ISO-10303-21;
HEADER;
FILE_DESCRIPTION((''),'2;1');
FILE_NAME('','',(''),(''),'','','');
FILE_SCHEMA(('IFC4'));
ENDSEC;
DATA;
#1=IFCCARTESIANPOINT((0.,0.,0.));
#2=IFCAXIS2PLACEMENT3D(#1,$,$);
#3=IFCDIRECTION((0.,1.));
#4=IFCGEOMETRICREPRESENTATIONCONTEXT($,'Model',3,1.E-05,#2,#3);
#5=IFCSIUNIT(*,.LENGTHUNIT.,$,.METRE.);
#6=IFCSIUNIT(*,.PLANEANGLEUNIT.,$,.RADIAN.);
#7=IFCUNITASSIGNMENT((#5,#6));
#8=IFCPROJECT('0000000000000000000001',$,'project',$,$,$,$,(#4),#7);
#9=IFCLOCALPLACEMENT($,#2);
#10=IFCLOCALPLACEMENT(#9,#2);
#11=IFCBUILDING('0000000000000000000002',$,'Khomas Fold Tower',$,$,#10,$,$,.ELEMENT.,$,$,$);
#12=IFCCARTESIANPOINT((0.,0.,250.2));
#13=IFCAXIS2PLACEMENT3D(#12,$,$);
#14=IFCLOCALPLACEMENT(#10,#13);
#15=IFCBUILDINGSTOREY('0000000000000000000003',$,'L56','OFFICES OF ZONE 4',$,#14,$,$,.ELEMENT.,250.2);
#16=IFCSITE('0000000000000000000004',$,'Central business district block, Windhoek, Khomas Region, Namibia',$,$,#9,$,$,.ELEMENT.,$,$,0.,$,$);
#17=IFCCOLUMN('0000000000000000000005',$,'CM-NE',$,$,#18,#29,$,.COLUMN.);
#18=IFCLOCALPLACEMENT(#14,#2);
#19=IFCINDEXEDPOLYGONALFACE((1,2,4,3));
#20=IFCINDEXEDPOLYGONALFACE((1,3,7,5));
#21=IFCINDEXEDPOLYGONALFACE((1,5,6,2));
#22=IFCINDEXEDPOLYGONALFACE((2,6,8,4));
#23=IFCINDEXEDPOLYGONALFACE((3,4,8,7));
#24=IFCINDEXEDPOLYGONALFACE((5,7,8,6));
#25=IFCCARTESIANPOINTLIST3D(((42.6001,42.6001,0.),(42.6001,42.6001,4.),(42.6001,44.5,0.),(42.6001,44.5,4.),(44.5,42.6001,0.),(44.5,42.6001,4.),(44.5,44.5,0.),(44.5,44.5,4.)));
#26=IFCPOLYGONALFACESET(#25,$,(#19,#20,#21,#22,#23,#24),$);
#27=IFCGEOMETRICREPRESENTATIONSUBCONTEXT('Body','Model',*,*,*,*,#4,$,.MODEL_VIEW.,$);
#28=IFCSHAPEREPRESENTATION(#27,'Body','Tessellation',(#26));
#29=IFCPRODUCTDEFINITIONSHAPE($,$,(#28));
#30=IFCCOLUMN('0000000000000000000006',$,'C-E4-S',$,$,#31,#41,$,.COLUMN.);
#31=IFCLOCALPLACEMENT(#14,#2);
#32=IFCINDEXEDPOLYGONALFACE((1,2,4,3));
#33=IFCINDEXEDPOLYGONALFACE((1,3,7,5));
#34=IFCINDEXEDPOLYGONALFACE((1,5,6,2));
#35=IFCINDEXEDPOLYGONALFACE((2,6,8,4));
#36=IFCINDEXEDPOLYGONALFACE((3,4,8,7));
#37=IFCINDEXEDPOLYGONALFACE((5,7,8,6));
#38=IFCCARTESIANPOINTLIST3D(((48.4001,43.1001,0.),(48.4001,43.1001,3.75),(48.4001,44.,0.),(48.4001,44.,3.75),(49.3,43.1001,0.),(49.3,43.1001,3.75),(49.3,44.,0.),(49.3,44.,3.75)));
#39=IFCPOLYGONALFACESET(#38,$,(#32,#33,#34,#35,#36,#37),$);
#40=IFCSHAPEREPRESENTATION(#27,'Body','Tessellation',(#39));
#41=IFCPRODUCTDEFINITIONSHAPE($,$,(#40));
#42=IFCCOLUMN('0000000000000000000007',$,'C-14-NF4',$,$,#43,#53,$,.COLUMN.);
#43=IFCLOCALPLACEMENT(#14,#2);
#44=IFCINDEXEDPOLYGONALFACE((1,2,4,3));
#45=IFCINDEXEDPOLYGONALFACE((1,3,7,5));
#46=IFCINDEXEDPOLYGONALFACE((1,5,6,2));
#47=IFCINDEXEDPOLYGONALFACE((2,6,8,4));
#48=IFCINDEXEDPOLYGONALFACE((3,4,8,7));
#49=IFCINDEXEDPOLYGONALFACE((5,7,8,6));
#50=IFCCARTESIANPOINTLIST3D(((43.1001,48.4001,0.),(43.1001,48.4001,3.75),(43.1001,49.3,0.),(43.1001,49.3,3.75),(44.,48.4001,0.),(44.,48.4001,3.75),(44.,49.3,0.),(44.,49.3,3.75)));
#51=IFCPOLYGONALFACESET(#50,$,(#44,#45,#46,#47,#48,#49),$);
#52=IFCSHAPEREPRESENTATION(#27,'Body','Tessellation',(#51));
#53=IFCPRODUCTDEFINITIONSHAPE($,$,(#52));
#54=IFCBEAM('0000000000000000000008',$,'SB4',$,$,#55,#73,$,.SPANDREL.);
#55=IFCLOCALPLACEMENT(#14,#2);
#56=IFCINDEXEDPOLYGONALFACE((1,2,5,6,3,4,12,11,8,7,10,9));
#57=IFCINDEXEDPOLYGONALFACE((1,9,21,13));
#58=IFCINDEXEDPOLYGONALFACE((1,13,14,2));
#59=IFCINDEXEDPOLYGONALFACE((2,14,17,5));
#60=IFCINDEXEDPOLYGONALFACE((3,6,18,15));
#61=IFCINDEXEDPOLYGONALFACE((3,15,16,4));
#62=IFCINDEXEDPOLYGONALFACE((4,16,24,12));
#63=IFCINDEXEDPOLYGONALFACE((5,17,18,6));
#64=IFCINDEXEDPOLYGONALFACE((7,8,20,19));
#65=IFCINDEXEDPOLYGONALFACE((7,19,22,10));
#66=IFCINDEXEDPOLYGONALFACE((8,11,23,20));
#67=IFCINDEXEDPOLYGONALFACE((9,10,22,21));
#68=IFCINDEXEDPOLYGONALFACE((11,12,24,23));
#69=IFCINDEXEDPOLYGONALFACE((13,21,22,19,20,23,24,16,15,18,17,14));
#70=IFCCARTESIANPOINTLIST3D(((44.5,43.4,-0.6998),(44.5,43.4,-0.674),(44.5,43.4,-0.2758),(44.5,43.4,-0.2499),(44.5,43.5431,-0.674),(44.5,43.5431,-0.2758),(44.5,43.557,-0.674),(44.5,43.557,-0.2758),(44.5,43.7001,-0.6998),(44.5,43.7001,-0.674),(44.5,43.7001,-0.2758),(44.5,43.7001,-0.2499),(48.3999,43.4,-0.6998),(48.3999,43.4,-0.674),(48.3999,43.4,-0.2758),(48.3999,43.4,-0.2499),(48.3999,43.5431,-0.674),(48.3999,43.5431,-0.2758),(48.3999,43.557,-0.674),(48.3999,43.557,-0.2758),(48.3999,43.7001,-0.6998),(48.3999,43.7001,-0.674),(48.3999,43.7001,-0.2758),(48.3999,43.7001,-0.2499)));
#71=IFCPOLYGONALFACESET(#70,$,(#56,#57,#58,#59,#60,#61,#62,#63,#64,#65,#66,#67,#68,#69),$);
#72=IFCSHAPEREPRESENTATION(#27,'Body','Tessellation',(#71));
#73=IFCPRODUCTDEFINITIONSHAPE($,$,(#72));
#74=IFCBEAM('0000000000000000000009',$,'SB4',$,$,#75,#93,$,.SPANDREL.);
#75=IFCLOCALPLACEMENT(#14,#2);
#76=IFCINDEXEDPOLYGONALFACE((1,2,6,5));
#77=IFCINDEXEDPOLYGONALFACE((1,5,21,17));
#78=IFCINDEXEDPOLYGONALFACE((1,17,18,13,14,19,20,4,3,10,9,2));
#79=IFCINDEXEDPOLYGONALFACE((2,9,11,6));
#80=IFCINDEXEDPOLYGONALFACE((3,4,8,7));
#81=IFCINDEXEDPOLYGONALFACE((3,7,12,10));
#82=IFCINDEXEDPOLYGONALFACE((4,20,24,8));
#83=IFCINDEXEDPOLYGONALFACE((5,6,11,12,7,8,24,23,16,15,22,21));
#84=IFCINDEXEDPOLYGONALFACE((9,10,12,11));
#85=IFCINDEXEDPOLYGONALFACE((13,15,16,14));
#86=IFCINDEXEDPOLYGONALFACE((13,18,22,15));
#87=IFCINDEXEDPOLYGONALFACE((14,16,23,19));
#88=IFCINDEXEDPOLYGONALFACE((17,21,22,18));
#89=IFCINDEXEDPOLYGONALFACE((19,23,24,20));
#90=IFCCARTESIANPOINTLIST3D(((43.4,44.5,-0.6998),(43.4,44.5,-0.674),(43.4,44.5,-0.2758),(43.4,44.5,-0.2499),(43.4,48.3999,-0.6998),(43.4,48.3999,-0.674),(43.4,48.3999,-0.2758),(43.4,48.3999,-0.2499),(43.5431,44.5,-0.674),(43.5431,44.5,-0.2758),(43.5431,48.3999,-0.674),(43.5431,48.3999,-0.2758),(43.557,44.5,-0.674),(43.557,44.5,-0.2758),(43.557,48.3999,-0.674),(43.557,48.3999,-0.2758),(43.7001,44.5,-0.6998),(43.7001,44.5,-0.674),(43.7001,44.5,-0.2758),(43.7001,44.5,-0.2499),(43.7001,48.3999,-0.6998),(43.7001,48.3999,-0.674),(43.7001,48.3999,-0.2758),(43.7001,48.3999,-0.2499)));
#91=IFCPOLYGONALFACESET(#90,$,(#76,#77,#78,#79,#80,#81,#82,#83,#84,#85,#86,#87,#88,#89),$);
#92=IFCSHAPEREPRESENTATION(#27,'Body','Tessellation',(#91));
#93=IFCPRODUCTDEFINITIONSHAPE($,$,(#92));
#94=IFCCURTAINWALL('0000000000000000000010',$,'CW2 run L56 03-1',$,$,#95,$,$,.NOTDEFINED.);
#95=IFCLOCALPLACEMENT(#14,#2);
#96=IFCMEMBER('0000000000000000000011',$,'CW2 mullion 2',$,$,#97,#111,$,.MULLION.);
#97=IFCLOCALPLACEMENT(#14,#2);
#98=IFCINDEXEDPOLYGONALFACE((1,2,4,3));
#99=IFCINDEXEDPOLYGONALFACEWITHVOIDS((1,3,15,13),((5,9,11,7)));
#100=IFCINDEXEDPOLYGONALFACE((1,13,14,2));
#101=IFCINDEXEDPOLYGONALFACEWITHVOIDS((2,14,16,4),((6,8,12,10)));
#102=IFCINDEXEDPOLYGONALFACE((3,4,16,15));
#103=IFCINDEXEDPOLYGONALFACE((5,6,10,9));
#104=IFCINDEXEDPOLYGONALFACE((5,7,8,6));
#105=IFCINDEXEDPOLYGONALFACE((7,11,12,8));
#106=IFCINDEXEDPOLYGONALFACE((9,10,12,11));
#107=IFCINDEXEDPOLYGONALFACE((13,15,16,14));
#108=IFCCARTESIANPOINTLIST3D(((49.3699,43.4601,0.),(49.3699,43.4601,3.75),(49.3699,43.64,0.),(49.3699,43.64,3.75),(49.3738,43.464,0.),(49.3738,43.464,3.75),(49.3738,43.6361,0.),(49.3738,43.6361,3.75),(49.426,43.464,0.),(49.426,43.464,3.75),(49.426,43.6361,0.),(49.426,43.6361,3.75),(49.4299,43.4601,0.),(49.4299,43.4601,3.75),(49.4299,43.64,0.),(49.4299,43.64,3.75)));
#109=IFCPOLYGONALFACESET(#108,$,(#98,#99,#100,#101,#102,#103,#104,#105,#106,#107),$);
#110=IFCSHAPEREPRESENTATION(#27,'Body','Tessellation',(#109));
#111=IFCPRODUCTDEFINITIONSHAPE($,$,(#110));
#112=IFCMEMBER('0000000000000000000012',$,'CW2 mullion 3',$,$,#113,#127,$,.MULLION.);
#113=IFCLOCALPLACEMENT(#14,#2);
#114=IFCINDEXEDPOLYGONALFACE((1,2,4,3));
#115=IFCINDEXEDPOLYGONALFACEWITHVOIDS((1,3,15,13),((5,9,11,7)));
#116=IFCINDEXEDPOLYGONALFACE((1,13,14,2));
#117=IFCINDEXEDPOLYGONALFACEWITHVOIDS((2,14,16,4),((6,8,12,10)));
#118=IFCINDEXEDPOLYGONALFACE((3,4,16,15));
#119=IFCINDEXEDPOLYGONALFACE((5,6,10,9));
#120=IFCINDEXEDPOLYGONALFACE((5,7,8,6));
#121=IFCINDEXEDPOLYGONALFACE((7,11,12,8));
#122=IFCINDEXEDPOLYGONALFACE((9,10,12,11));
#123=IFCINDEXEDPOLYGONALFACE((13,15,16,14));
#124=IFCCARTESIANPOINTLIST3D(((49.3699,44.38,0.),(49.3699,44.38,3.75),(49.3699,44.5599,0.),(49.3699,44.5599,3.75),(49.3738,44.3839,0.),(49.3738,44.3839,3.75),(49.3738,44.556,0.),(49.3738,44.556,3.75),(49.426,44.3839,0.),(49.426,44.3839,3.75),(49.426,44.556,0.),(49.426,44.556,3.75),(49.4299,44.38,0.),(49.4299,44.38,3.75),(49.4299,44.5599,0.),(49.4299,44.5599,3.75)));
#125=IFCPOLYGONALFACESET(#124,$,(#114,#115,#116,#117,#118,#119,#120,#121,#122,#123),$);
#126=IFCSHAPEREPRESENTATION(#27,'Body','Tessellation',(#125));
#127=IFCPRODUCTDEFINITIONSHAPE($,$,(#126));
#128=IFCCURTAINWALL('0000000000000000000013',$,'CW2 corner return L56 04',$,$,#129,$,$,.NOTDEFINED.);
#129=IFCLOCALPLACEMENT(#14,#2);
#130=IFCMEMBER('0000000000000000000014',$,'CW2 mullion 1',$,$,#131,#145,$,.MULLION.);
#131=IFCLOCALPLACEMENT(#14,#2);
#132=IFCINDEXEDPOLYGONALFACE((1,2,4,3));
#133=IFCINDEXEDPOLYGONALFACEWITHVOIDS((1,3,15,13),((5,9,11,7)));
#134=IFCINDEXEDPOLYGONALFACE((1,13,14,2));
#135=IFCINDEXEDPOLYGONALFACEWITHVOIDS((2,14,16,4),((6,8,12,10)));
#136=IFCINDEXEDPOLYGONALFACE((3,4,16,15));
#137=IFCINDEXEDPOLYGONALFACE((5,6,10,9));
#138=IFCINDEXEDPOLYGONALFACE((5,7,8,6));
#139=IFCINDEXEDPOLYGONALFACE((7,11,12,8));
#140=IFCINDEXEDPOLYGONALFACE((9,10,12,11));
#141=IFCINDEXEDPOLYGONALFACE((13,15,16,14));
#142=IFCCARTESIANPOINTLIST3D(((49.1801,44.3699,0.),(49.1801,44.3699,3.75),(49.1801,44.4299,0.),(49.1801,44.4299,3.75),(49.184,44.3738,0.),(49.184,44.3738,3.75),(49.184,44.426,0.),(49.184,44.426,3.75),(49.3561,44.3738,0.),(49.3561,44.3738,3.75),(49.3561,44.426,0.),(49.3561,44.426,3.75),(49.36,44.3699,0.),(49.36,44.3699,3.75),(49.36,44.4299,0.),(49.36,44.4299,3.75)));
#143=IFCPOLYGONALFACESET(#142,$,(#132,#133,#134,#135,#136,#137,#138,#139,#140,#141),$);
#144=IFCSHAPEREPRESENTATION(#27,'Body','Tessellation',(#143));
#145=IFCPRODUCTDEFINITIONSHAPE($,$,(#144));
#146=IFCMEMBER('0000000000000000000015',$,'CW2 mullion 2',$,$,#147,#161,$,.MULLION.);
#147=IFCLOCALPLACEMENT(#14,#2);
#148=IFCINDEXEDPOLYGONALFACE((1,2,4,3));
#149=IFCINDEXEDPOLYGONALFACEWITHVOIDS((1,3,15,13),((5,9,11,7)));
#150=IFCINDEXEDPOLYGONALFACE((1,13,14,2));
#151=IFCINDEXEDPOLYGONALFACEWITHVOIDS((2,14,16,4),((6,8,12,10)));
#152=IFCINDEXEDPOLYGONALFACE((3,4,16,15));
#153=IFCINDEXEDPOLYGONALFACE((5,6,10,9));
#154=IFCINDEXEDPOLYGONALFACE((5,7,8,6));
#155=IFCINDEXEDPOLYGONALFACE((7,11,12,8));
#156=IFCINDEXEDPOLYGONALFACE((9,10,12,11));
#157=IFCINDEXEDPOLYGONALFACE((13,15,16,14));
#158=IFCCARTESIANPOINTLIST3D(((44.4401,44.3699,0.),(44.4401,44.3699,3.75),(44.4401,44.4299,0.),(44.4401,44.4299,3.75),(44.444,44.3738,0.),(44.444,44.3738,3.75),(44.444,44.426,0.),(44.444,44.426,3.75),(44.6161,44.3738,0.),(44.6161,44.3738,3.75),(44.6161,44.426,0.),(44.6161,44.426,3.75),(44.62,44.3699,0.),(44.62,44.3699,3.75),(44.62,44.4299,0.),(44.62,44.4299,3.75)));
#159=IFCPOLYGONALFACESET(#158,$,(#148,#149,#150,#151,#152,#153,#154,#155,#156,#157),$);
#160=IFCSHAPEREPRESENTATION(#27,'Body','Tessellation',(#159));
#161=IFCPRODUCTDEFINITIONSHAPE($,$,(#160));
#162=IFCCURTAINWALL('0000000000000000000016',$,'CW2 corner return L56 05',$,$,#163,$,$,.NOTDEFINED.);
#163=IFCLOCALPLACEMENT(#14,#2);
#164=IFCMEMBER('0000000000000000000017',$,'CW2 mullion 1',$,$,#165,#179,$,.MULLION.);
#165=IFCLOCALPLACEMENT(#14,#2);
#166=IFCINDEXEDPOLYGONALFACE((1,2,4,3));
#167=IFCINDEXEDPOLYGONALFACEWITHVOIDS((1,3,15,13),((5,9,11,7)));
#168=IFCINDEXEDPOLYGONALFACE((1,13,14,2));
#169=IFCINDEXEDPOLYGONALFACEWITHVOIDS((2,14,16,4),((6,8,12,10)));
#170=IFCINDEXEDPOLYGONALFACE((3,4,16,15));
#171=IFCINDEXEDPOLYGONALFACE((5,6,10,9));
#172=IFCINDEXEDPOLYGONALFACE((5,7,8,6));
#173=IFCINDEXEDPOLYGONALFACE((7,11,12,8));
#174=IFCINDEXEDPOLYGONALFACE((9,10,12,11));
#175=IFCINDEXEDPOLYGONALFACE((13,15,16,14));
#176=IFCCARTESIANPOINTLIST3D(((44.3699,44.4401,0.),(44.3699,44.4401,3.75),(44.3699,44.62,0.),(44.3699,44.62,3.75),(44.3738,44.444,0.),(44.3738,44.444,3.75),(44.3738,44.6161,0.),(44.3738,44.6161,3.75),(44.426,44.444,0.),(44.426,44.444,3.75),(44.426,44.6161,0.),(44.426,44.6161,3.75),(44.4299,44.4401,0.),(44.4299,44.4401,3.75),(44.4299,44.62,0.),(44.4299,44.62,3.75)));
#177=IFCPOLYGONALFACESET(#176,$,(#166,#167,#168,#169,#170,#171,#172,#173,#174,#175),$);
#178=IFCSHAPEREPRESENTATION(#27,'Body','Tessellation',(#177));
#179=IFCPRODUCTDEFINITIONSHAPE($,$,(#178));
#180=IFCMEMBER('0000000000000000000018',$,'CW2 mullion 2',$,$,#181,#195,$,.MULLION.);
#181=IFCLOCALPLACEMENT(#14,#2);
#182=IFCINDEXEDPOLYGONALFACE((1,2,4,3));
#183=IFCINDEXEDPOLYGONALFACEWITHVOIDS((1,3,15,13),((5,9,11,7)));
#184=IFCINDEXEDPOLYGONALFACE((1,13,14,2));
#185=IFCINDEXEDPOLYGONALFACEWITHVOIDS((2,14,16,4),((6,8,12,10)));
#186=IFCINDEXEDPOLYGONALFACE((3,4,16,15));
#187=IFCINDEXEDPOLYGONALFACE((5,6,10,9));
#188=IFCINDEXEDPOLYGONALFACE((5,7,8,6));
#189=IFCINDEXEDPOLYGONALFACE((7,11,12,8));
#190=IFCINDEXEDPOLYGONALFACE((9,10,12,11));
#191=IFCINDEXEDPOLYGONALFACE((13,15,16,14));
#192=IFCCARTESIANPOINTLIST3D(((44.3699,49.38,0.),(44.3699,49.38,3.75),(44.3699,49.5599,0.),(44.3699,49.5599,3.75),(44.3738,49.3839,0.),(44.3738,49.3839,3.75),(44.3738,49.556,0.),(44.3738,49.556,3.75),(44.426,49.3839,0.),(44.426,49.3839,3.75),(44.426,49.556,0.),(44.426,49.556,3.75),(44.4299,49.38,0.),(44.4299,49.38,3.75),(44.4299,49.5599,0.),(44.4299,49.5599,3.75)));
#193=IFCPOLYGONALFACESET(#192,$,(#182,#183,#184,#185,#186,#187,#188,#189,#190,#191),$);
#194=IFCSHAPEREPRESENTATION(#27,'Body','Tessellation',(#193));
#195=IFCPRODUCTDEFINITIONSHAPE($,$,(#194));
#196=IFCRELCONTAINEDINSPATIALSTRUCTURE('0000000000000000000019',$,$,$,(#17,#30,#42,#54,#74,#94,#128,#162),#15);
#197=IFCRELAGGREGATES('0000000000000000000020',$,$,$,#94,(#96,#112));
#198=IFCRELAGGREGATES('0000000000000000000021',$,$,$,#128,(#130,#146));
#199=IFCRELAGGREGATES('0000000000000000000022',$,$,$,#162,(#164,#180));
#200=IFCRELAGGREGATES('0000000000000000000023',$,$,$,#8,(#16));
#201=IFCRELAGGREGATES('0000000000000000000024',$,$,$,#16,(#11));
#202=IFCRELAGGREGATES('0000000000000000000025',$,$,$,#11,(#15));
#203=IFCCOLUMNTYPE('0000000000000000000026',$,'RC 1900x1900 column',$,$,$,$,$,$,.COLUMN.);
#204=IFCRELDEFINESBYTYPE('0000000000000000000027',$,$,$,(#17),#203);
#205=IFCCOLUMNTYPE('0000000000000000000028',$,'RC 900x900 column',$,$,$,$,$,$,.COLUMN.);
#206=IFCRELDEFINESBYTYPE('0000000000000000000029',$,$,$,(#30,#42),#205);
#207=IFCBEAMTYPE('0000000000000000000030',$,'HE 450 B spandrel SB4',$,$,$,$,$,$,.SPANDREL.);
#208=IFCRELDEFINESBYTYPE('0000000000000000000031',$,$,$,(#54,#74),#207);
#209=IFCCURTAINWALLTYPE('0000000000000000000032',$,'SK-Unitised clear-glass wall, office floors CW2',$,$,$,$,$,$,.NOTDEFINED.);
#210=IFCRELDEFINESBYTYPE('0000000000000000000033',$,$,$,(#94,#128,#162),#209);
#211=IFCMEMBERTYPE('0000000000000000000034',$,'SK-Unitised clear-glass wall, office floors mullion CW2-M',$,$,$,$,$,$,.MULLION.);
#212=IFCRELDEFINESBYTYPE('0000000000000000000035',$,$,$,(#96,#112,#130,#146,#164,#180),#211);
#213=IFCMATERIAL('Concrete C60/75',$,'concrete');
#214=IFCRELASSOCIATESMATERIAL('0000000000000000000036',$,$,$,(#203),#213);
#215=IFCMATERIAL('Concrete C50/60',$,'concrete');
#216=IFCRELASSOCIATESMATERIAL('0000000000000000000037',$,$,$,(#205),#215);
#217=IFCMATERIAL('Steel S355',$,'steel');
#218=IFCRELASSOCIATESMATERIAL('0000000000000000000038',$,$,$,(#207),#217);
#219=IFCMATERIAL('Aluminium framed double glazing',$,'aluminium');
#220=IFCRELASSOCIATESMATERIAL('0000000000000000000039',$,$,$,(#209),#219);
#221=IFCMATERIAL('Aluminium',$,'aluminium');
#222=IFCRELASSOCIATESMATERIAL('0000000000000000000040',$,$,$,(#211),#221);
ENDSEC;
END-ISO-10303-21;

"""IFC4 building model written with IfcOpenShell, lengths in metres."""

from ifc_helpers import new_model, si_unit, direction, frame, origin, origin_2d, place, context, subcontext, project, spatial, rectangle, hollow_rectangle, i_section, extrude, source, transform, mapped, material, material_profile, profile_set, type_object, element, aggregate, save


model = new_model("IFC4")

# Units and contexts
model_context = context("Model", 3, precision=1e-05, world=origin(), true_north=direction((0.0, 1.0)))
body_context = subcontext(model_context, "Body", "Model", "MODEL_VIEW")
ifc_project = project(units=[si_unit("LENGTHUNIT", "METRE"), si_unit("PLANEANGLEUNIT", "RADIAN")], contexts=[model_context])

# Site, building, storey
site_placement = place(None, origin())
site = spatial("IfcSite", under=ifc_project, at=site_placement, Name="Central business district block, Windhoek, Khomas Region, Namibia", CompositionType="ELEMENT", RefElevation=0.0)
building_placement = place(site_placement, origin())
building = spatial("IfcBuilding", under=site, at=building_placement, Name="Khomas Fold Tower", CompositionType="ELEMENT")
storey_placement = place(building_placement, frame((0.0, 0.0, 250.2)))
storey = spatial("IfcBuildingStorey", under=building, at=storey_placement, Name="L56", Description="OFFICES OF ZONE 4", CompositionType="ELEMENT", Elevation=250.2)

# Columns
ifc_material_1 = material(Name="Concrete C60/75", Category="concrete")
ifc_material_profile_1 = material_profile(ifc_material_1, rectangle(XDim=1.8999, YDim=1.8999, at=origin_2d()), Name="RC 1900x1900")
ifc_profile_set_1 = profile_set([ifc_material_profile_1], Name="Concrete C60/75")
column_type_1 = type_object("IfcColumnType", Name="RC 1900x1900 column", PredefinedType="COLUMN", material=ifc_profile_set_1)
shared_shape_1 = source(origin(), body_context, "Body", "SweptSolid", [
    extrude(rectangle(XDim=1.8999, YDim=1.8999, at=origin_2d()), origin(), (0.0, 0.0, 1.0), 4.0),
])
column_placement = place(storey_placement, frame((43.55, 43.55, 0.0), z_axis=(0.0, 0.0, 1.0), x_axis=(1.0, 0.0, 0.0)))
element("IfcColumn", 1, at=column_placement, inside=storey, type_object=column_type_1, Name="CM-NE", PredefinedType="COLUMN", context=body_context, shape_type="MappedRepresentation", body=[
    mapped(shared_shape_1, transform((0.0, 0.0, 0.0))),
])
ifc_material_2 = material(Name="Concrete C50/60", Category="concrete")
ifc_material_profile_2 = material_profile(ifc_material_2, rectangle(XDim=0.8999, YDim=0.8999, at=origin_2d()), Name="RC 900x900")
ifc_profile_set_2 = profile_set([ifc_material_profile_2], Name="Concrete C50/60")
column_type_2 = type_object("IfcColumnType", Name="RC 900x900 column", PredefinedType="COLUMN", material=ifc_profile_set_2)
shared_shape_2 = source(origin(), body_context, "Body", "SweptSolid", [
    extrude(rectangle(XDim=0.8999, YDim=0.8999, at=origin_2d()), origin(), (0.0, 0.0, 1.0), 3.75),
])
for number, where, z_axis, x_axis, name in (
    (2, (48.8501, 43.55, 0.0), (0.0, 0.0, 1.0), (1.0, 0.0, 0.0), "C-E4-S"),
    (3, (43.55, 48.8501, 0.0), (0.0, 0.0, 1.0), (1.0, 0.0, 0.0), "C-14-NF4"),
):
    element("IfcColumn", number, at=place(storey_placement, frame(where, z_axis=z_axis, x_axis=x_axis)), inside=storey, type_object=column_type_2, Name=name, PredefinedType="COLUMN", context=body_context, shape_type="MappedRepresentation", body=[
        mapped(shared_shape_2, transform((0.0, 0.0, 0.0))),
    ])

# Beams
ifc_material_3 = material(Name="Steel S355", Category="steel")
ifc_material_profile_3 = material_profile(ifc_material_3, i_section(OverallWidth=0.3, OverallDepth=0.45, WebThickness=0.0139, FlangeThickness=0.0259, at=origin_2d()), Name="HE 450 B")
ifc_profile_set_3 = profile_set([ifc_material_profile_3], Name="Steel S355")
beam_type = type_object("IfcBeamType", Name="HE 450 B spandrel SB4", PredefinedType="SPANDREL", material=ifc_profile_set_3)
shared_shape_3 = source(origin(), body_context, "Body", "SweptSolid", [
    extrude(i_section(OverallWidth=0.3, OverallDepth=0.45, WebThickness=0.0139, FlangeThickness=0.0259, at=origin_2d()), origin(), (0.0, 0.0, 1.0), 3.8999),
])
for number, where, z_axis, x_axis, name in (
    (4, (44.5, 43.55, -0.4749), (1.0, 0.0, 0.0), (0.0, 1.0, 0.0), "SB4"),
    (5, (43.55, 44.5, -0.4749), (0.0, 1.0, 0.0), (-1.0, 0.0, 0.0), "SB4"),
):
    element("IfcBeam", number, at=place(storey_placement, frame(where, z_axis=z_axis, x_axis=x_axis)), inside=storey, type_object=beam_type, Name=name, PredefinedType="SPANDREL", context=body_context, shape_type="MappedRepresentation", body=[
        mapped(shared_shape_3, transform((0.0, 0.0, 0.0))),
    ])

# Curtain walls, members
ifc_material_4 = material(Name="Aluminium framed double glazing", Category="aluminium")
curtain_wall_type = type_object("IfcCurtainWallType", Name="SK-Unitised clear-glass wall, office floors CW2", PredefinedType="NOTDEFINED", material=ifc_material_4)
curtain_wall_1_placement = place(storey_placement, origin())
curtain_wall_1 = element("IfcCurtainWall", 6, at=curtain_wall_1_placement, inside=storey, type_object=curtain_wall_type, Name="CW2 run L56 03-1", PredefinedType="NOTDEFINED")
ifc_material_5 = material(Name="Aluminium", Category="aluminium")
ifc_material_profile_4 = material_profile(ifc_material_5, hollow_rectangle(XDim=0.0601, YDim=0.1799, WallThickness=0.0039, at=origin_2d()), Name="SK-Unitised clear-glass wall, office floors mullion CW2-M")
ifc_profile_set_4 = profile_set([ifc_material_profile_4], Name="Aluminium")
member_type_1 = type_object("IfcMemberType", Name="SK-Unitised clear-glass wall, office floors mullion CW2-M", PredefinedType="MULLION", material=ifc_profile_set_4)
shared_shape_4 = source(origin(), body_context, "Body", "SweptSolid", [
    extrude(hollow_rectangle(XDim=0.0601, YDim=0.1799, WallThickness=0.0039, at=origin_2d()), origin(), (0.0, 0.0, 1.0), 3.75),
])
member_1_placement = place(storey_placement, frame((49.3999, 43.55, 0.0), z_axis=(0.0, 0.0, 1.0), x_axis=(-1.0, 0.0, 0.0)))
member_1 = element("IfcMember", 7, at=member_1_placement, type_object=member_type_1, Name="CW2 mullion 2", PredefinedType="MULLION", context=body_context, shape_type="MappedRepresentation", body=[
    mapped(shared_shape_4, transform((0.0, 0.0, 0.0))),
])
member_2_placement = place(storey_placement, frame((49.3999, 44.47, 0.0), z_axis=(0.0, 0.0, 1.0), x_axis=(-1.0, 0.0, 0.0)))
member_2 = element("IfcMember", 8, at=member_2_placement, type_object=member_type_1, Name="CW2 mullion 3", PredefinedType="MULLION", context=body_context, shape_type="MappedRepresentation", body=[
    mapped(shared_shape_4, transform((0.0, 0.0, 0.0))),
])
curtain_wall_2_placement = place(storey_placement, origin())
curtain_wall_2 = element("IfcCurtainWall", 9, at=curtain_wall_2_placement, inside=storey, type_object=curtain_wall_type, Name="CW2 corner return L56 04", PredefinedType="NOTDEFINED")
member_3_placement = place(storey_placement, frame((49.27, 44.3999, 0.0), z_axis=(0.0, 0.0, 1.0), x_axis=(0.0, -1.0, 0.0)))
member_3 = element("IfcMember", 10, at=member_3_placement, type_object=member_type_1, Name="CW2 mullion 1", PredefinedType="MULLION", context=body_context, shape_type="MappedRepresentation", body=[
    mapped(shared_shape_4, transform((0.0, 0.0, 0.0))),
])
member_4_placement = place(storey_placement, frame((44.53, 44.3999, 0.0), z_axis=(0.0, 0.0, 1.0), x_axis=(0.0, -1.0, 0.0)))
member_4 = element("IfcMember", 11, at=member_4_placement, type_object=member_type_1, Name="CW2 mullion 2", PredefinedType="MULLION", context=body_context, shape_type="MappedRepresentation", body=[
    mapped(shared_shape_4, transform((0.0, 0.0, 0.0))),
])
curtain_wall_3_placement = place(storey_placement, origin())
curtain_wall_3 = element("IfcCurtainWall", 12, at=curtain_wall_3_placement, inside=storey, type_object=curtain_wall_type, Name="CW2 corner return L56 05", PredefinedType="NOTDEFINED")
member_5_placement = place(storey_placement, frame((44.3999, 44.53, 0.0), z_axis=(0.0, 0.0, 1.0), x_axis=(-1.0, 0.0, 0.0)))
member_5 = element("IfcMember", 13, at=member_5_placement, type_object=member_type_1, Name="CW2 mullion 1", PredefinedType="MULLION", context=body_context, shape_type="MappedRepresentation", body=[
    mapped(shared_shape_4, transform((0.0, 0.0, 0.0))),
])
member_6_placement = place(storey_placement, frame((44.3999, 49.47, 0.0), z_axis=(0.0, 0.0, 1.0), x_axis=(-1.0, 0.0, 0.0)))
member_6 = element("IfcMember", 14, at=member_6_placement, type_object=member_type_1, Name="CW2 mullion 2", PredefinedType="MULLION", context=body_context, shape_type="MappedRepresentation", body=[
    mapped(shared_shape_4, transform((0.0, 0.0, 0.0))),
])

aggregate(curtain_wall_1, [member_1, member_2])
aggregate(curtain_wall_2, [member_3, member_4])
aggregate(curtain_wall_3, [member_5, member_6])

save(model, "model.ifc")
